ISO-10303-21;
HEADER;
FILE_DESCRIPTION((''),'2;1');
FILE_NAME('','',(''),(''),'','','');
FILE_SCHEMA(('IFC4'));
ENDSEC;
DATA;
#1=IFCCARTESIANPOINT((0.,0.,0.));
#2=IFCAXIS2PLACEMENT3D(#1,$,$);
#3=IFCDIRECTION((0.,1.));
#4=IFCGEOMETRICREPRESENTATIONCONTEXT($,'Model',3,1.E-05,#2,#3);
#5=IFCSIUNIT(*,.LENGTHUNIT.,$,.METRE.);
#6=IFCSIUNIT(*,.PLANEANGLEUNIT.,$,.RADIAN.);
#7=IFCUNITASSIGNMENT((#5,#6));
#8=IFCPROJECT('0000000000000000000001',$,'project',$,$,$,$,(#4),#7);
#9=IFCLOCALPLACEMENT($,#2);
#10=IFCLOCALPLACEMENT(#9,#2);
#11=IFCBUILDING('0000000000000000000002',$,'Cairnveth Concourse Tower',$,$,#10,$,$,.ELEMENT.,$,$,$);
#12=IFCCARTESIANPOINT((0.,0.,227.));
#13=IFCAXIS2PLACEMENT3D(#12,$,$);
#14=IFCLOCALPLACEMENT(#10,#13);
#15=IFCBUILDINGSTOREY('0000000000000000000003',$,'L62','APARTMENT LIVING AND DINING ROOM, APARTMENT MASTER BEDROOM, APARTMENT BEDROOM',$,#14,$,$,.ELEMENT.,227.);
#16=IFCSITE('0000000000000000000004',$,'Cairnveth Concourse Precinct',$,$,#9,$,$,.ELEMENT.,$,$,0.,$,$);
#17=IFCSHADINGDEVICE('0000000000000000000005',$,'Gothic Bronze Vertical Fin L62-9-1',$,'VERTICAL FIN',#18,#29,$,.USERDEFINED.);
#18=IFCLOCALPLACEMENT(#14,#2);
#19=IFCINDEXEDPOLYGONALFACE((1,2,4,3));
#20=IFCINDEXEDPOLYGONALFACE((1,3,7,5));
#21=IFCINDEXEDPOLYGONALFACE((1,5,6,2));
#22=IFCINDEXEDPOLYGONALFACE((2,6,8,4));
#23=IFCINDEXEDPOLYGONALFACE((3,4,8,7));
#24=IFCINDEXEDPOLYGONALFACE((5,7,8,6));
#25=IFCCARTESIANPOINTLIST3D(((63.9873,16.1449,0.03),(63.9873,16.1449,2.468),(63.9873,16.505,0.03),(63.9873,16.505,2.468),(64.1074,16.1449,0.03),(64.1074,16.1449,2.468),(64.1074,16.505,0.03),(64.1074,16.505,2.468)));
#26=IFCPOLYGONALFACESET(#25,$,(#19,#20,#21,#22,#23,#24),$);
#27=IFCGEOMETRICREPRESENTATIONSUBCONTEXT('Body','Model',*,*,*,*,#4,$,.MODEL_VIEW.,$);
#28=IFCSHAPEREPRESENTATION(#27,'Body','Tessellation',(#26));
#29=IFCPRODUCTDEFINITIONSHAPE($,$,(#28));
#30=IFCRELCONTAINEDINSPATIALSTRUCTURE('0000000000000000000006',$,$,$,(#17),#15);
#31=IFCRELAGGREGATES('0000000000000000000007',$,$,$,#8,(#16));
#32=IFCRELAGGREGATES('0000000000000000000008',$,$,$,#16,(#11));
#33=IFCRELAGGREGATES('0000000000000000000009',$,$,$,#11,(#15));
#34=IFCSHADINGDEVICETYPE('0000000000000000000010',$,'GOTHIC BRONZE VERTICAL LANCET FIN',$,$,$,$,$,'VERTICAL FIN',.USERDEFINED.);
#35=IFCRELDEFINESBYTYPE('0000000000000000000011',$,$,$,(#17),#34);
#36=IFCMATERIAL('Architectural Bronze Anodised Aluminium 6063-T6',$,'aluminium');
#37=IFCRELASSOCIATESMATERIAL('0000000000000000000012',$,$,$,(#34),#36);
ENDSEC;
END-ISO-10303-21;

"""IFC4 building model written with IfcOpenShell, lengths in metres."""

from ifc_helpers import new_model, si_unit, direction, frame, origin, origin_2d, place, context, subcontext, project, spatial, rectangle, extrude, material, type_object, element, save


model = new_model("IFC4")

# Units and contexts
model_context = context("Model", 3, precision=1e-05, world=origin(), true_north=direction((0.0, 1.0)))
body_context = subcontext(model_context, "Body", "Model", "MODEL_VIEW")
ifc_project = project(units=[si_unit("LENGTHUNIT", "METRE"), si_unit("PLANEANGLEUNIT", "RADIAN")], contexts=[model_context])

# Site, building, storey
site_placement = place(None, origin())
site = spatial("IfcSite", under=ifc_project, at=site_placement, Name="Cairnveth Concourse Precinct", CompositionType="ELEMENT", RefElevation=0.0)
building_placement = place(site_placement, origin())
building = spatial("IfcBuilding", under=site, at=building_placement, Name="Cairnveth Concourse Tower", CompositionType="ELEMENT")
storey_placement = place(building_placement, frame((0.0, 0.0, 227.0)))
storey = spatial("IfcBuildingStorey", under=building, at=storey_placement, Name="L62", Description="APARTMENT LIVING AND DINING ROOM, APARTMENT MASTER BEDROOM, APARTMENT BEDROOM", CompositionType="ELEMENT", Elevation=227.0)

# Shading device
ifc_material_1 = material(Name="Architectural Bronze Anodised Aluminium 6063-T6", Category="aluminium")
shading_device_type = type_object("IfcShadingDeviceType", Name="GOTHIC BRONZE VERTICAL LANCET FIN", ElementType="VERTICAL FIN", PredefinedType="USERDEFINED", material=ifc_material_1)
shading_device_placement = place(storey_placement, frame((64.0474, 16.325, 0.03), z_axis=(0.0, 0.0, 1.0), x_axis=(1.0, 0.0, 0.0)))
element("IfcShadingDevice", 1, at=shading_device_placement, inside=storey, type_object=shading_device_type, Name="Gothic Bronze Vertical Fin L62-9-1", ObjectType="VERTICAL FIN", PredefinedType="USERDEFINED", context=body_context, shape_type="SweptSolid", body=[
    extrude(rectangle(XDim=0.1201, YDim=0.3601, at=origin_2d()), origin(), (0.0, 0.0, 1.0), 2.438),
])

save(model, "model.ifc")
